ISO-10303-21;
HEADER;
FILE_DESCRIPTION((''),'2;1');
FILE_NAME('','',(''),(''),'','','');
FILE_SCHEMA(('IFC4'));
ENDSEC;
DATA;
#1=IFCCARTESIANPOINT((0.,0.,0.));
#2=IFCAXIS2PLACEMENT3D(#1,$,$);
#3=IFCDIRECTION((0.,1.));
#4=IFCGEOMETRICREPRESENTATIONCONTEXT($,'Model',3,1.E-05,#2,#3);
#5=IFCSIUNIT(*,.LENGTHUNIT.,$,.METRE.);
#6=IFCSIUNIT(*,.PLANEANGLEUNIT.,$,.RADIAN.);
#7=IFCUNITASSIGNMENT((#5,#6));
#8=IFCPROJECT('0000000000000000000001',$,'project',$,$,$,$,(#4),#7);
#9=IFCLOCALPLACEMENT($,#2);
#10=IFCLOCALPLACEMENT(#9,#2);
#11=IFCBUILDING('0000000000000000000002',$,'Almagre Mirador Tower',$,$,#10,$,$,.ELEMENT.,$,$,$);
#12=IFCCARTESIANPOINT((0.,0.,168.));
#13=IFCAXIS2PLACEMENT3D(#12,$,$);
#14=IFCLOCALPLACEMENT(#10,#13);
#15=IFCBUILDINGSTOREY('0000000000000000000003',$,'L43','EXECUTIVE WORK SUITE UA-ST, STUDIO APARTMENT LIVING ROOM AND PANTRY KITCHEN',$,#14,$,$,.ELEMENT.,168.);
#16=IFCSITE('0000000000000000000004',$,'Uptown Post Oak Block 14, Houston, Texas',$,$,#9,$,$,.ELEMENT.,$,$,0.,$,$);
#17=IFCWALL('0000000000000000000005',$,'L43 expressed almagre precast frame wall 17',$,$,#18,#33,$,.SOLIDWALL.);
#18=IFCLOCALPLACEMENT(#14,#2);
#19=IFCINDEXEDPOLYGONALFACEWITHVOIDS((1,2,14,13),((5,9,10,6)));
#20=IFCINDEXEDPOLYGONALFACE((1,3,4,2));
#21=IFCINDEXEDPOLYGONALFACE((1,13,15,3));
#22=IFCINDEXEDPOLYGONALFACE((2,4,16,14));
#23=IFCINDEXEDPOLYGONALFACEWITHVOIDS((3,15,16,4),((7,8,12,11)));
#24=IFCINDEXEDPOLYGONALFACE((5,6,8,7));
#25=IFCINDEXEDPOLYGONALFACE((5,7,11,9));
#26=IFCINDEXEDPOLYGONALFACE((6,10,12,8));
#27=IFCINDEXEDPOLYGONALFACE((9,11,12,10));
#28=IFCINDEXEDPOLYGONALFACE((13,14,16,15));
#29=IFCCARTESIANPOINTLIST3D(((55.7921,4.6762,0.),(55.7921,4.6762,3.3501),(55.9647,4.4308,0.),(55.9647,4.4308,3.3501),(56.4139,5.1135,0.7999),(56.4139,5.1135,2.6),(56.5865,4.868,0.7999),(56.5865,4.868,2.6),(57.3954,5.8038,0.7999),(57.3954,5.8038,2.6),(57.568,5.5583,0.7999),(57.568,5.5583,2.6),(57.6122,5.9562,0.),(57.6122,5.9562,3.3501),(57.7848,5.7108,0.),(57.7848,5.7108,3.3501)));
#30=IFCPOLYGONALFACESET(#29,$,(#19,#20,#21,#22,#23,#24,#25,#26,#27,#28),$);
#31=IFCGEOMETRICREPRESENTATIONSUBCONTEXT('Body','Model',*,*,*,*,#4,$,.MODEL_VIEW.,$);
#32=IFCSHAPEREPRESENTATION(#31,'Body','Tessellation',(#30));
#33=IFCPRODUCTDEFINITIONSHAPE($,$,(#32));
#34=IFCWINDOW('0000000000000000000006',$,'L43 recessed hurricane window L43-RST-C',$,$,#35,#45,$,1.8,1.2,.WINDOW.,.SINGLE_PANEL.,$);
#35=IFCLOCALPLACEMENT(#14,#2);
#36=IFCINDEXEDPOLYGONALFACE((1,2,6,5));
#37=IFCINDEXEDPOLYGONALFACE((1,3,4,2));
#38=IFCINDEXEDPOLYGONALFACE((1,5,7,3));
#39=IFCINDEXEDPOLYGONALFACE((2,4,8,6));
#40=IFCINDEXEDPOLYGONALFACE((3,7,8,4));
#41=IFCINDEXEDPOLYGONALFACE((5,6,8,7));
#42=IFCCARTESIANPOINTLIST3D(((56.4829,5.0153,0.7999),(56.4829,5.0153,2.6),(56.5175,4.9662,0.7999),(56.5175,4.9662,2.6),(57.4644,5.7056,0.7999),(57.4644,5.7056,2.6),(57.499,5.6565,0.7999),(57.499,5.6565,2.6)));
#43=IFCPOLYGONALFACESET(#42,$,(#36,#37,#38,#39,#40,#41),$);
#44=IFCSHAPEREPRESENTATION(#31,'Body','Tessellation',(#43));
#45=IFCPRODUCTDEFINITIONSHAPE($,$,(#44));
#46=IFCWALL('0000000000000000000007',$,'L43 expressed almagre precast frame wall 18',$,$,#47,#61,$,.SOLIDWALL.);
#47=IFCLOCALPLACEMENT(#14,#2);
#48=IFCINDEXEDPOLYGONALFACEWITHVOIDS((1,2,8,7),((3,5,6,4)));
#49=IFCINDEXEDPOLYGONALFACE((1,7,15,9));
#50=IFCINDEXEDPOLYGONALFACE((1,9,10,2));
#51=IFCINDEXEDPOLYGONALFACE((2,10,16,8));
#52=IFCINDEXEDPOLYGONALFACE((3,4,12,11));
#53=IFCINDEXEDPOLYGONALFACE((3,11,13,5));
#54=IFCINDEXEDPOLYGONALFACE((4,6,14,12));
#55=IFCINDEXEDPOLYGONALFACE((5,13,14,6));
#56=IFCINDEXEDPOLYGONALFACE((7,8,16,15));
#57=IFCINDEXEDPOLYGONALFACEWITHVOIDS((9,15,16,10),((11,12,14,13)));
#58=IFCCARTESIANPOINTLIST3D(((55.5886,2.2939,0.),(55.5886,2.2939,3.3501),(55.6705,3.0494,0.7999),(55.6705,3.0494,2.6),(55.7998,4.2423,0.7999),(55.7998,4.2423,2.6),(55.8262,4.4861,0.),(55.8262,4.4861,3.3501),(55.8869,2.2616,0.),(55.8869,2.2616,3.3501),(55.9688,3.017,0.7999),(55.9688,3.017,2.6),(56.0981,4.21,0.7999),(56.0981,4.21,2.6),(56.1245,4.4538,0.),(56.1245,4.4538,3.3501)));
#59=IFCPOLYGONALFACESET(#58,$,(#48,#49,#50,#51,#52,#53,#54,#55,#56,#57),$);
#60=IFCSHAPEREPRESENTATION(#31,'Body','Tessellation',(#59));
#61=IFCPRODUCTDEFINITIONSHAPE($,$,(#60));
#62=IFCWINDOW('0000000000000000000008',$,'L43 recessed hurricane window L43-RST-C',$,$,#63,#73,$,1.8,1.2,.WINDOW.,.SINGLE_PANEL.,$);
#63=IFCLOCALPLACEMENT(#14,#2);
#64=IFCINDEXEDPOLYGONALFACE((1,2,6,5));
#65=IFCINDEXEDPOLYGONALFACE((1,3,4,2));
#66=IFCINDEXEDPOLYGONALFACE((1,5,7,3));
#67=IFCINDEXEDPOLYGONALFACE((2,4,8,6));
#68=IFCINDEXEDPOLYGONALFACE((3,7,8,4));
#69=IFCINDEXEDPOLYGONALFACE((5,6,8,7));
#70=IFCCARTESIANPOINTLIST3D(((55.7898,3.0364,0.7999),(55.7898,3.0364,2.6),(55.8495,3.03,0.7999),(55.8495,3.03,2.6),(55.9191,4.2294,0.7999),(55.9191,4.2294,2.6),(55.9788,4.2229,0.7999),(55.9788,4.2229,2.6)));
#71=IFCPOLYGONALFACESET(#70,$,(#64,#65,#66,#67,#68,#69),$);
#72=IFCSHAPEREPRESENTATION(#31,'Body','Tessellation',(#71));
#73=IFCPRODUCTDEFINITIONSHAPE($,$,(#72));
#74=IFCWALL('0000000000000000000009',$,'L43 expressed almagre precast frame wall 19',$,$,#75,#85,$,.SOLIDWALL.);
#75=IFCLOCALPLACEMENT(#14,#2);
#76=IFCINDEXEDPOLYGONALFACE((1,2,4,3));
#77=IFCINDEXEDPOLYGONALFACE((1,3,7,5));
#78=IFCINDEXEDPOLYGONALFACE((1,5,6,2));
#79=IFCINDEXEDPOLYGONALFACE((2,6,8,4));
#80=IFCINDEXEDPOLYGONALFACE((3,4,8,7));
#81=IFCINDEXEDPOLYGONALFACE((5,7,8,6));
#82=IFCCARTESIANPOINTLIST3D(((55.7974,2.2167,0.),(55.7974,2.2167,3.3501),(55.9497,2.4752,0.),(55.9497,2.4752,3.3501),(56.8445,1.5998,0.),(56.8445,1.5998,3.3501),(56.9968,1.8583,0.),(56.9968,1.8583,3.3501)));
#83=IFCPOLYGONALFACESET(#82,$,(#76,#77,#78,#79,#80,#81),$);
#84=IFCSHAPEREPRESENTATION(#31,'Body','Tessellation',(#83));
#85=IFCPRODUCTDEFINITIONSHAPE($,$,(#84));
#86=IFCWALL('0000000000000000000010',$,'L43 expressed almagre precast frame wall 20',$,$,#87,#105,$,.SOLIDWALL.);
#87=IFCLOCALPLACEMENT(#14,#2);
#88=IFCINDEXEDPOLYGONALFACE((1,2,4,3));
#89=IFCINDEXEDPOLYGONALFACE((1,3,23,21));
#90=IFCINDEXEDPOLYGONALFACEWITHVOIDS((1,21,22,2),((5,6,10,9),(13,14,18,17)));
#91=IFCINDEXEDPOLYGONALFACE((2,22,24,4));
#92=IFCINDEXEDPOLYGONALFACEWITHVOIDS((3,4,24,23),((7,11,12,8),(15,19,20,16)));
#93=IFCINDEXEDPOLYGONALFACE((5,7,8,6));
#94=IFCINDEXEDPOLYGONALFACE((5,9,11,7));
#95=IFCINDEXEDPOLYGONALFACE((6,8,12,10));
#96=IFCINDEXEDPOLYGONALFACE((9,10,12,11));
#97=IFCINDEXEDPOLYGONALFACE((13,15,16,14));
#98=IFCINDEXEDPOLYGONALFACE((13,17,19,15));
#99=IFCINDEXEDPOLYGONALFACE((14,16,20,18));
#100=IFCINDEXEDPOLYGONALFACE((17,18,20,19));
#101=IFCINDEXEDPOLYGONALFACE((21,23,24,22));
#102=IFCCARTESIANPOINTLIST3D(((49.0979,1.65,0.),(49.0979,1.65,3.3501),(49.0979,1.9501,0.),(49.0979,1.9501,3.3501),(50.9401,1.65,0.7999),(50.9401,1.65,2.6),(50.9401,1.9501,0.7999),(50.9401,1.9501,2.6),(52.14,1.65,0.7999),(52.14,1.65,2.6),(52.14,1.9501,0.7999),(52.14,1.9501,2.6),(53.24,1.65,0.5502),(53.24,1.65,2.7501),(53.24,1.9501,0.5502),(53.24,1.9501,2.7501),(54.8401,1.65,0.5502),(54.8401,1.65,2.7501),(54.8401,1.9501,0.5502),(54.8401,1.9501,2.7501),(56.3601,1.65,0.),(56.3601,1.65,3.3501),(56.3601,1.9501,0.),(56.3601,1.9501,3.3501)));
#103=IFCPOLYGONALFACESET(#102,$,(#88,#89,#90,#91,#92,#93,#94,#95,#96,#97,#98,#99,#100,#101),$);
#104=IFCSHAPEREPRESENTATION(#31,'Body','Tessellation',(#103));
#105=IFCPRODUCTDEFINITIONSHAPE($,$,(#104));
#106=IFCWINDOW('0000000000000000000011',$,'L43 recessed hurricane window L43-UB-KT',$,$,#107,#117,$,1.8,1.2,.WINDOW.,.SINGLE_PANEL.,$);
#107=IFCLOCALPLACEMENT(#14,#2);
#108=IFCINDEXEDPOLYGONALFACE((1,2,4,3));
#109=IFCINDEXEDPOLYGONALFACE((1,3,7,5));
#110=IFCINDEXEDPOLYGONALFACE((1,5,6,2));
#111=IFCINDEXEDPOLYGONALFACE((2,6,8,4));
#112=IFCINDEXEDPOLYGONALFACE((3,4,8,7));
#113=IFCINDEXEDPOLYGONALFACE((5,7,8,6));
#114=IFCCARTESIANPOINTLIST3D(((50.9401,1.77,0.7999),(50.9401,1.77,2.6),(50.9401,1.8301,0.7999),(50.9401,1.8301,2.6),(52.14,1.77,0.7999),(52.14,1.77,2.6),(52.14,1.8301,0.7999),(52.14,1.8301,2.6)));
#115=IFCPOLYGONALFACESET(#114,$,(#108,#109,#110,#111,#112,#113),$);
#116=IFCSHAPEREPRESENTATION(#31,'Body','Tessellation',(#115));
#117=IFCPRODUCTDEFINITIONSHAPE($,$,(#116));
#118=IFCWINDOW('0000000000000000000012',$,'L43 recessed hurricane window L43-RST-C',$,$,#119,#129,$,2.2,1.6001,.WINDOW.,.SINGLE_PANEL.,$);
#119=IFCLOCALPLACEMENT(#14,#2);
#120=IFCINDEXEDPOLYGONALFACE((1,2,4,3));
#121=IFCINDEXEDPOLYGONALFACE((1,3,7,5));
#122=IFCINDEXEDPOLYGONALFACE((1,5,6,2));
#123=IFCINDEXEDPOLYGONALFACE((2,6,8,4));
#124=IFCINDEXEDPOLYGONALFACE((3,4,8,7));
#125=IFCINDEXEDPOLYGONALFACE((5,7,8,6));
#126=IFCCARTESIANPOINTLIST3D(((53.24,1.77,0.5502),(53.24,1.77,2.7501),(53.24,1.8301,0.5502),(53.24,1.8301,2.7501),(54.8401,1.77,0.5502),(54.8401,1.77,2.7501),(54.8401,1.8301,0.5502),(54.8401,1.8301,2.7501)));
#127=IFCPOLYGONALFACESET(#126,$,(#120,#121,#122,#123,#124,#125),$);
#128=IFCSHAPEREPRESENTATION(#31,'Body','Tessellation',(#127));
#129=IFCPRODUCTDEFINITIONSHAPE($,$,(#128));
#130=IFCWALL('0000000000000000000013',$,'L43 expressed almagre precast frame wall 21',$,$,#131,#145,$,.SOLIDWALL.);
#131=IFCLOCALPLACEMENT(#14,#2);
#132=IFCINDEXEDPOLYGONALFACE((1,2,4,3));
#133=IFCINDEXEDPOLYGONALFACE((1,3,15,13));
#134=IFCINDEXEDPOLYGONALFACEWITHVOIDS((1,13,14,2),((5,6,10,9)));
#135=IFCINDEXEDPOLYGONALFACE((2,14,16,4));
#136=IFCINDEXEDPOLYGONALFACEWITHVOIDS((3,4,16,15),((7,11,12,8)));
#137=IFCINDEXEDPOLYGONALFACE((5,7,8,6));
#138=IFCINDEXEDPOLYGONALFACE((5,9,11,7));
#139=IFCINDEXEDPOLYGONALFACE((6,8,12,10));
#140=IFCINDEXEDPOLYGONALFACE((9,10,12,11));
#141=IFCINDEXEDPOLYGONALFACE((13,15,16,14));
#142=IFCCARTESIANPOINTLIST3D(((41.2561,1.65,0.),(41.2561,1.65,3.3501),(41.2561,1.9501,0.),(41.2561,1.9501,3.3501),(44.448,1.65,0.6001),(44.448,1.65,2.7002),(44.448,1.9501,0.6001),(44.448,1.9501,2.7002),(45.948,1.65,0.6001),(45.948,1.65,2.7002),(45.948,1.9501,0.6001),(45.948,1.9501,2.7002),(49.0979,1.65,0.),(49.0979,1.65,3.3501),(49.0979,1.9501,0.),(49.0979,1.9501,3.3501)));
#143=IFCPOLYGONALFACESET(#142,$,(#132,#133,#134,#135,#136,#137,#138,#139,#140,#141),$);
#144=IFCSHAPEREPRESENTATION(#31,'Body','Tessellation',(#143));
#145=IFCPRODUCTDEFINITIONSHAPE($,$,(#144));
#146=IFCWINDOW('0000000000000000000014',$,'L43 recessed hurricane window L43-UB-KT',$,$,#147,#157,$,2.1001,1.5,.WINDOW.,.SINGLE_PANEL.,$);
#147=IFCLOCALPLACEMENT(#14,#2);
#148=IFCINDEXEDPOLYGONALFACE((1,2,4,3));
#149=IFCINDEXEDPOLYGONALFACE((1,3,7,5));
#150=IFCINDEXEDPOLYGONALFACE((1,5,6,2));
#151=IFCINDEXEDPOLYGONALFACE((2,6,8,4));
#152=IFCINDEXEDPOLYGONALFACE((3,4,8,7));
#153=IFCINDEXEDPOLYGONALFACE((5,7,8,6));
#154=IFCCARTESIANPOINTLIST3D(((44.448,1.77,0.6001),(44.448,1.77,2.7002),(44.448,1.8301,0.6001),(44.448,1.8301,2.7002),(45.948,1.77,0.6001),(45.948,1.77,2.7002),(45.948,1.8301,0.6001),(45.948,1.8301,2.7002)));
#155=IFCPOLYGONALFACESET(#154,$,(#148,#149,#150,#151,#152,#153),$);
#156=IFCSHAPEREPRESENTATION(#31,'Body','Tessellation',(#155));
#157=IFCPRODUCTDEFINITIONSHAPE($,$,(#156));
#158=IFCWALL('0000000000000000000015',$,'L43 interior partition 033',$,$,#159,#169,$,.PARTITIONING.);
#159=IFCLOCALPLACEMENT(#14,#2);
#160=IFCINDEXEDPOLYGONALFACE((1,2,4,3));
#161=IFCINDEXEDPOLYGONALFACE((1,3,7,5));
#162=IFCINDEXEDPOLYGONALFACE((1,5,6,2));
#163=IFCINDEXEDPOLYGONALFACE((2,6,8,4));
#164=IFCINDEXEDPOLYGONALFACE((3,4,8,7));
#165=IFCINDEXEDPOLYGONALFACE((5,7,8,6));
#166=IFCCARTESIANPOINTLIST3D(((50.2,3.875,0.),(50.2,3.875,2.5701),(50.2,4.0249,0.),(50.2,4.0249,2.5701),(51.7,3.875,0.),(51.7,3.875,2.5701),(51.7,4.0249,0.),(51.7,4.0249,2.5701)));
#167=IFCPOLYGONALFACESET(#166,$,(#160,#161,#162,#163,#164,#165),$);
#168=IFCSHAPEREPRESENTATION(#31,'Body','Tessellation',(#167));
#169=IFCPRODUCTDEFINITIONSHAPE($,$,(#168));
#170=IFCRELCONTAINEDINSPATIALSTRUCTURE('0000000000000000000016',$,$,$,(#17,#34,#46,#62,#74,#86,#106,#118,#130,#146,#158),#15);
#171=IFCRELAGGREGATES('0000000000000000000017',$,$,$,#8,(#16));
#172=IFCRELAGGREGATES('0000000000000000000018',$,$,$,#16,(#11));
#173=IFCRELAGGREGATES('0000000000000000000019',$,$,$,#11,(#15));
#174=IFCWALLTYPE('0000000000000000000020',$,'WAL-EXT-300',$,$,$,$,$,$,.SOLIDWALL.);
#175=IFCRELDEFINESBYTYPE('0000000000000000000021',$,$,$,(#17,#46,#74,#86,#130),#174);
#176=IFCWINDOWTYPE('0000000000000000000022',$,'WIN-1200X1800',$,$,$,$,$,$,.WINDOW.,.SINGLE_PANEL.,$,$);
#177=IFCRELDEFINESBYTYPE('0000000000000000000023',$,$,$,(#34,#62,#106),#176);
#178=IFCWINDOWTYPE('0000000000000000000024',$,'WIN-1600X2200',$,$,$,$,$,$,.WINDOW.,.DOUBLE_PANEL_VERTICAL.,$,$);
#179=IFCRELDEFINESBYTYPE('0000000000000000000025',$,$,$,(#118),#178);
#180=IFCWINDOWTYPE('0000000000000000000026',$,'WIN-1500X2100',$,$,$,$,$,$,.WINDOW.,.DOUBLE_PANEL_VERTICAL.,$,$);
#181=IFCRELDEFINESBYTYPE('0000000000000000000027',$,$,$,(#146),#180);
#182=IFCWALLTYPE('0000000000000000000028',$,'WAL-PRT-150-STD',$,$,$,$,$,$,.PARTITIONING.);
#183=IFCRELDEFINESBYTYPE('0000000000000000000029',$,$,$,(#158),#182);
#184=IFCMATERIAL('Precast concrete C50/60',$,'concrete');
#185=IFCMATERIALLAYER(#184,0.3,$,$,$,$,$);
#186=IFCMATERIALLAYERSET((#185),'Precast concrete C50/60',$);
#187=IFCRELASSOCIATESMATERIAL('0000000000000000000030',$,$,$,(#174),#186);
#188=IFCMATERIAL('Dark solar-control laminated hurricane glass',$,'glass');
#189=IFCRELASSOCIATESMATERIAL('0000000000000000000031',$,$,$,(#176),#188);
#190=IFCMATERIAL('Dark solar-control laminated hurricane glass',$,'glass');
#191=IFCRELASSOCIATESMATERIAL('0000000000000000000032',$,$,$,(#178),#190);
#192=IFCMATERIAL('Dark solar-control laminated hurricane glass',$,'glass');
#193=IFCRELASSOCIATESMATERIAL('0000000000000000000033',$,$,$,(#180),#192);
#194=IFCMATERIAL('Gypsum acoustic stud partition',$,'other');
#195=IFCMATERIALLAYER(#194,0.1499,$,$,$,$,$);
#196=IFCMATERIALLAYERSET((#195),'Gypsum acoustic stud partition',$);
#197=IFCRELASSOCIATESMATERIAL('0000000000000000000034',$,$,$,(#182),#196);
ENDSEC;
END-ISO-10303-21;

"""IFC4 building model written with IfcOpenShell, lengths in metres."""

from ifc_helpers import new_model, si_unit, direction, frame, frame_2d, origin, place, context, subcontext, project, spatial, rectangle, extrude, material, layer, layer_set, type_object, element, fill, save


model = new_model("IFC4")

# Units and contexts
model_context = context("Model", 3, precision=1e-05, world=origin(), true_north=direction((0.0, 1.0)))
body_context = subcontext(model_context, "Body", "Model", "MODEL_VIEW")
ifc_project = project(units=[si_unit("LENGTHUNIT", "METRE"), si_unit("PLANEANGLEUNIT", "RADIAN")], contexts=[model_context])

# Site, building, storey
site_placement = place(None, origin())
site = spatial("IfcSite", under=ifc_project, at=site_placement, Name="Uptown Post Oak Block 14, Houston, Texas", CompositionType="ELEMENT", RefElevation=0.0)
building_placement = place(site_placement, origin())
building = spatial("IfcBuilding", under=site, at=building_placement, Name="Almagre Mirador Tower", CompositionType="ELEMENT")
storey_placement = place(building_placement, frame((0.0, 0.0, 168.0)))
storey = spatial("IfcBuildingStorey", under=building, at=storey_placement, Name="L43", Description="EXECUTIVE WORK SUITE UA-ST, STUDIO APARTMENT LIVING ROOM AND PANTRY KITCHEN", CompositionType="ELEMENT", Elevation=168.0)

# Shared definitions
ifc_material_1 = material(Name="Precast concrete C50/60", Category="concrete")
ifc_layer_1 = layer(ifc_material_1, 0.3)
ifc_layer_set_1 = layer_set([ifc_layer_1], Name="Precast concrete C50/60")
wall_type_1 = type_object("IfcWallType", Name="WAL-EXT-300", PredefinedType="SOLIDWALL", material=ifc_layer_set_1)

# Walls, openings, windows
wall_1_placement = place(storey_placement, frame((57.6985, 5.8335, 0.0), z_axis=(0.0, 0.0, 1.0), x_axis=(-0.817967, -0.575265, 0.0)))
wall_1 = element("IfcWall", 1, at=wall_1_placement, inside=storey, type_object=wall_type_1, Name="L43 expressed almagre precast frame wall 17", PredefinedType="SOLIDWALL", context=body_context, shape_type="SweptSolid", body=[
    extrude(rectangle(XDim=2.2251, YDim=0.3, at=frame_2d((1.1125, 0.0))), origin(), (0.0, 0.0, 1.0), 3.3501),
])
opening_1_placement = place(wall_1_placement, frame((0.2649, 0.0, 0.8)))
opening_1 = element("IfcOpeningElement", 2, at=opening_1_placement, cuts=wall_1, PredefinedType="OPENING", context=body_context, shape_type="SweptSolid", body=[
    extrude(rectangle(XDim=1.2, YDim=1.8, at=frame_2d((0.6001, 0.8999))), frame((0.0, 0.1599, 0.0), z_axis=(0.0, -1.0, 0.0), x_axis=(1.0, 0.0, 0.0)), (0.0, 0.0, 1.0), 0.32),
])
ifc_material_2 = material(Name="Dark solar-control laminated hurricane glass", Category="glass")
window_type_1 = type_object("IfcWindowType", Name="WIN-1200X1800", PartitioningType="SINGLE_PANEL", PredefinedType="WINDOW", material=ifc_material_2)
window_1_placement = place(opening_1_placement, origin())
window_1 = element("IfcWindow", 3, at=window_1_placement, inside=storey, type_object=window_type_1, Name="L43 recessed hurricane window L43-RST-C", OverallHeight=1.8, OverallWidth=1.2, PartitioningType="SINGLE_PANEL", PredefinedType="WINDOW", context=body_context, shape_type="SweptSolid", body=[
    extrude(rectangle(XDim=1.2, YDim=1.8, at=frame_2d((0.6001, 0.8999))), frame((0.0, 0.03, 0.0), z_axis=(0.0, -1.0, 0.0), x_axis=(1.0, 0.0, 0.0)), (0.0, 0.0, 1.0), 0.0601),
])
fill(opening_1, window_1)
wall_2_placement = place(storey_placement, frame((55.9753, 4.47, 0.0), z_axis=(0.0, 0.0, 1.0), x_axis=(-0.107733, -0.99418, 0.0)))
wall_2 = element("IfcWall", 4, at=wall_2_placement, inside=storey, type_object=wall_type_1, Name="L43 expressed almagre precast frame wall 18", PredefinedType="SOLIDWALL", context=body_context, shape_type="SweptSolid", body=[
    extrude(rectangle(XDim=2.2051, YDim=0.3, at=frame_2d((1.1025, 0.0))), origin(), (0.0, 0.0, 1.0), 3.3501),
])
opening_2_placement = place(wall_2_placement, frame((0.2451, 0.0, 0.8)))
opening_2 = element("IfcOpeningElement", 5, at=opening_2_placement, cuts=wall_2, PredefinedType="OPENING", context=body_context, shape_type="SweptSolid", body=[
    extrude(rectangle(XDim=1.2, YDim=1.8, at=frame_2d((0.6001, 0.8999))), frame((0.0, 0.1599, 0.0), z_axis=(0.0, -1.0, 0.0), x_axis=(1.0, 0.0, 0.0)), (0.0, 0.0, 1.0), 0.32),
])
window_2_placement = place(opening_2_placement, origin())
window_2 = element("IfcWindow", 6, at=window_2_placement, inside=storey, type_object=window_type_1, Name="L43 recessed hurricane window L43-RST-C", OverallHeight=1.8, OverallWidth=1.2, PartitioningType="SINGLE_PANEL", PredefinedType="WINDOW", context=body_context, shape_type="SweptSolid", body=[
    extrude(rectangle(XDim=1.2, YDim=1.8, at=frame_2d((0.6001, 0.8999))), frame((0.0, 0.03, 0.0), z_axis=(0.0, -1.0, 0.0), x_axis=(1.0, 0.0, 0.0)), (0.0, 0.0, 1.0), 0.0601),
])
fill(opening_2, window_2)

# Wall
wall_3_placement = place(storey_placement, frame((55.8735, 2.3459, 0.0), z_axis=(0.0, 0.0, 1.0), x_axis=(0.861578, -0.507626, 0.0)))
element("IfcWall", 7, at=wall_3_placement, inside=storey, type_object=wall_type_1, Name="L43 expressed almagre precast frame wall 19", PredefinedType="SOLIDWALL", context=body_context, shape_type="SweptSolid", body=[
    extrude(rectangle(XDim=1.2153, YDim=0.3, at=frame_2d((0.6077, 0.0))), origin(), (0.0, 0.0, 1.0), 3.3501),
])

# Wall, openings, windows
wall_4_placement = place(storey_placement, frame((56.3601, 1.8, 0.0), z_axis=(0.0, 0.0, 1.0), x_axis=(-1.0, 0.0, 0.0)))
wall_4 = element("IfcWall", 8, at=wall_4_placement, inside=storey, type_object=wall_type_1, Name="L43 expressed almagre precast frame wall 20", PredefinedType="SOLIDWALL", context=body_context, shape_type="SweptSolid", body=[
    extrude(rectangle(XDim=7.2622, YDim=0.3, at=frame_2d((3.6311, 0.0))), origin(), (0.0, 0.0, 1.0), 3.3501),
])
opening_3_placement = place(wall_4_placement, frame((4.22, 0.0, 0.8)))
opening_3 = element("IfcOpeningElement", 9, at=opening_3_placement, cuts=wall_4, PredefinedType="OPENING", context=body_context, shape_type="SweptSolid", body=[
    extrude(rectangle(XDim=1.2, YDim=1.8, at=frame_2d((0.6001, 0.8999))), frame((0.0, 0.1599, 0.0), z_axis=(0.0, -1.0, 0.0), x_axis=(1.0, 0.0, 0.0)), (0.0, 0.0, 1.0), 0.32),
])
opening_4_placement = place(wall_4_placement, frame((1.52, 0.0, 0.55)))
opening_4 = element("IfcOpeningElement", 10, at=opening_4_placement, cuts=wall_4, PredefinedType="OPENING", context=body_context, shape_type="SweptSolid", body=[
    extrude(rectangle(XDim=1.6001, YDim=2.2, at=frame_2d((0.8, 1.1001))), frame((0.0, 0.1599, 0.0), z_axis=(0.0, -1.0, 0.0), x_axis=(1.0, 0.0, 0.0)), (0.0, 0.0, 1.0), 0.32),
])
window_3_placement = place(opening_3_placement, origin())
window_3 = element("IfcWindow", 11, at=window_3_placement, inside=storey, type_object=window_type_1, Name="L43 recessed hurricane window L43-UB-KT", OverallHeight=1.8, OverallWidth=1.2, PartitioningType="SINGLE_PANEL", PredefinedType="WINDOW", context=body_context, shape_type="SweptSolid", body=[
    extrude(rectangle(XDim=1.2, YDim=1.8, at=frame_2d((0.6001, 0.8999))), frame((0.0, 0.03, 0.0), z_axis=(0.0, -1.0, 0.0), x_axis=(1.0, 0.0, 0.0)), (0.0, 0.0, 1.0), 0.0601),
])
fill(opening_3, window_3)
ifc_material_3 = material(Name="Dark solar-control laminated hurricane glass", Category="glass")
window_type_2 = type_object("IfcWindowType", Name="WIN-1600X2200", PartitioningType="DOUBLE_PANEL_VERTICAL", PredefinedType="WINDOW", material=ifc_material_3)
window_4_placement = place(opening_4_placement, origin())
window_4 = element("IfcWindow", 12, at=window_4_placement, inside=storey, type_object=window_type_2, Name="L43 recessed hurricane window L43-RST-C", OverallHeight=2.2, OverallWidth=1.6001, PartitioningType="SINGLE_PANEL", PredefinedType="WINDOW", context=body_context, shape_type="SweptSolid", body=[
    extrude(rectangle(XDim=1.6001, YDim=2.2, at=frame_2d((0.8, 1.1001))), frame((0.0, 0.03, 0.0), z_axis=(0.0, -1.0, 0.0), x_axis=(1.0, 0.0, 0.0)), (0.0, 0.0, 1.0), 0.0601),
])
fill(opening_4, window_4)

# Wall, opening, window
wall_5_placement = place(storey_placement, frame((49.0979, 1.8, 0.0), z_axis=(0.0, 0.0, 1.0), x_axis=(-1.0, 0.0, 0.0)))
wall_5 = element("IfcWall", 13, at=wall_5_placement, inside=storey, type_object=wall_type_1, Name="L43 expressed almagre precast frame wall 21", PredefinedType="SOLIDWALL", context=body_context, shape_type="SweptSolid", body=[
    extrude(rectangle(XDim=7.8418, YDim=0.3, at=frame_2d((3.9209, 0.0))), origin(), (0.0, 0.0, 1.0), 3.3501),
])
opening_5_placement = place(wall_5_placement, frame((3.1499, 0.0, 0.6001)))
opening_5 = element("IfcOpeningElement", 14, at=opening_5_placement, cuts=wall_5, PredefinedType="OPENING", context=body_context, shape_type="SweptSolid", body=[
    extrude(rectangle(XDim=1.5, YDim=2.1001, at=frame_2d((0.75, 1.05))), frame((0.0, 0.1599, 0.0), z_axis=(0.0, -1.0, 0.0), x_axis=(1.0, 0.0, 0.0)), (0.0, 0.0, 1.0), 0.32),
])
ifc_material_4 = material(Name="Dark solar-control laminated hurricane glass", Category="glass")
window_type_3 = type_object("IfcWindowType", Name="WIN-1500X2100", PartitioningType="DOUBLE_PANEL_VERTICAL", PredefinedType="WINDOW", material=ifc_material_4)
window_5_placement = place(opening_5_placement, origin())
window_5 = element("IfcWindow", 15, at=window_5_placement, inside=storey, type_object=window_type_3, Name="L43 recessed hurricane window L43-UB-KT", OverallHeight=2.1001, OverallWidth=1.5, PartitioningType="SINGLE_PANEL", PredefinedType="WINDOW", context=body_context, shape_type="SweptSolid", body=[
    extrude(rectangle(XDim=1.5, YDim=2.1001, at=frame_2d((0.75, 1.05))), frame((0.0, 0.03, 0.0), z_axis=(0.0, -1.0, 0.0), x_axis=(1.0, 0.0, 0.0)), (0.0, 0.0, 1.0), 0.0601),
])
fill(opening_5, window_5)

# Wall
ifc_material_5 = material(Name="Gypsum acoustic stud partition", Category="other")
ifc_layer_2 = layer(ifc_material_5, 0.1499)
ifc_layer_set_2 = layer_set([ifc_layer_2], Name="Gypsum acoustic stud partition")
wall_type_2 = type_object("IfcWallType", Name="WAL-PRT-150-STD", PredefinedType="PARTITIONING", material=ifc_layer_set_2)
wall_6_placement = place(storey_placement, frame((50.2, 3.95, 0.0), z_axis=(0.0, 0.0, 1.0), x_axis=(1.0, 0.0, 0.0)))
element("IfcWall", 16, at=wall_6_placement, inside=storey, type_object=wall_type_2, Name="L43 interior partition 033", PredefinedType="PARTITIONING", context=body_context, shape_type="SweptSolid", body=[
    extrude(rectangle(XDim=1.5, YDim=0.1499, at=frame_2d((0.75, 0.0))), origin(), (0.0, 0.0, 1.0), 2.5701),
])

save(model, "model.ifc")
